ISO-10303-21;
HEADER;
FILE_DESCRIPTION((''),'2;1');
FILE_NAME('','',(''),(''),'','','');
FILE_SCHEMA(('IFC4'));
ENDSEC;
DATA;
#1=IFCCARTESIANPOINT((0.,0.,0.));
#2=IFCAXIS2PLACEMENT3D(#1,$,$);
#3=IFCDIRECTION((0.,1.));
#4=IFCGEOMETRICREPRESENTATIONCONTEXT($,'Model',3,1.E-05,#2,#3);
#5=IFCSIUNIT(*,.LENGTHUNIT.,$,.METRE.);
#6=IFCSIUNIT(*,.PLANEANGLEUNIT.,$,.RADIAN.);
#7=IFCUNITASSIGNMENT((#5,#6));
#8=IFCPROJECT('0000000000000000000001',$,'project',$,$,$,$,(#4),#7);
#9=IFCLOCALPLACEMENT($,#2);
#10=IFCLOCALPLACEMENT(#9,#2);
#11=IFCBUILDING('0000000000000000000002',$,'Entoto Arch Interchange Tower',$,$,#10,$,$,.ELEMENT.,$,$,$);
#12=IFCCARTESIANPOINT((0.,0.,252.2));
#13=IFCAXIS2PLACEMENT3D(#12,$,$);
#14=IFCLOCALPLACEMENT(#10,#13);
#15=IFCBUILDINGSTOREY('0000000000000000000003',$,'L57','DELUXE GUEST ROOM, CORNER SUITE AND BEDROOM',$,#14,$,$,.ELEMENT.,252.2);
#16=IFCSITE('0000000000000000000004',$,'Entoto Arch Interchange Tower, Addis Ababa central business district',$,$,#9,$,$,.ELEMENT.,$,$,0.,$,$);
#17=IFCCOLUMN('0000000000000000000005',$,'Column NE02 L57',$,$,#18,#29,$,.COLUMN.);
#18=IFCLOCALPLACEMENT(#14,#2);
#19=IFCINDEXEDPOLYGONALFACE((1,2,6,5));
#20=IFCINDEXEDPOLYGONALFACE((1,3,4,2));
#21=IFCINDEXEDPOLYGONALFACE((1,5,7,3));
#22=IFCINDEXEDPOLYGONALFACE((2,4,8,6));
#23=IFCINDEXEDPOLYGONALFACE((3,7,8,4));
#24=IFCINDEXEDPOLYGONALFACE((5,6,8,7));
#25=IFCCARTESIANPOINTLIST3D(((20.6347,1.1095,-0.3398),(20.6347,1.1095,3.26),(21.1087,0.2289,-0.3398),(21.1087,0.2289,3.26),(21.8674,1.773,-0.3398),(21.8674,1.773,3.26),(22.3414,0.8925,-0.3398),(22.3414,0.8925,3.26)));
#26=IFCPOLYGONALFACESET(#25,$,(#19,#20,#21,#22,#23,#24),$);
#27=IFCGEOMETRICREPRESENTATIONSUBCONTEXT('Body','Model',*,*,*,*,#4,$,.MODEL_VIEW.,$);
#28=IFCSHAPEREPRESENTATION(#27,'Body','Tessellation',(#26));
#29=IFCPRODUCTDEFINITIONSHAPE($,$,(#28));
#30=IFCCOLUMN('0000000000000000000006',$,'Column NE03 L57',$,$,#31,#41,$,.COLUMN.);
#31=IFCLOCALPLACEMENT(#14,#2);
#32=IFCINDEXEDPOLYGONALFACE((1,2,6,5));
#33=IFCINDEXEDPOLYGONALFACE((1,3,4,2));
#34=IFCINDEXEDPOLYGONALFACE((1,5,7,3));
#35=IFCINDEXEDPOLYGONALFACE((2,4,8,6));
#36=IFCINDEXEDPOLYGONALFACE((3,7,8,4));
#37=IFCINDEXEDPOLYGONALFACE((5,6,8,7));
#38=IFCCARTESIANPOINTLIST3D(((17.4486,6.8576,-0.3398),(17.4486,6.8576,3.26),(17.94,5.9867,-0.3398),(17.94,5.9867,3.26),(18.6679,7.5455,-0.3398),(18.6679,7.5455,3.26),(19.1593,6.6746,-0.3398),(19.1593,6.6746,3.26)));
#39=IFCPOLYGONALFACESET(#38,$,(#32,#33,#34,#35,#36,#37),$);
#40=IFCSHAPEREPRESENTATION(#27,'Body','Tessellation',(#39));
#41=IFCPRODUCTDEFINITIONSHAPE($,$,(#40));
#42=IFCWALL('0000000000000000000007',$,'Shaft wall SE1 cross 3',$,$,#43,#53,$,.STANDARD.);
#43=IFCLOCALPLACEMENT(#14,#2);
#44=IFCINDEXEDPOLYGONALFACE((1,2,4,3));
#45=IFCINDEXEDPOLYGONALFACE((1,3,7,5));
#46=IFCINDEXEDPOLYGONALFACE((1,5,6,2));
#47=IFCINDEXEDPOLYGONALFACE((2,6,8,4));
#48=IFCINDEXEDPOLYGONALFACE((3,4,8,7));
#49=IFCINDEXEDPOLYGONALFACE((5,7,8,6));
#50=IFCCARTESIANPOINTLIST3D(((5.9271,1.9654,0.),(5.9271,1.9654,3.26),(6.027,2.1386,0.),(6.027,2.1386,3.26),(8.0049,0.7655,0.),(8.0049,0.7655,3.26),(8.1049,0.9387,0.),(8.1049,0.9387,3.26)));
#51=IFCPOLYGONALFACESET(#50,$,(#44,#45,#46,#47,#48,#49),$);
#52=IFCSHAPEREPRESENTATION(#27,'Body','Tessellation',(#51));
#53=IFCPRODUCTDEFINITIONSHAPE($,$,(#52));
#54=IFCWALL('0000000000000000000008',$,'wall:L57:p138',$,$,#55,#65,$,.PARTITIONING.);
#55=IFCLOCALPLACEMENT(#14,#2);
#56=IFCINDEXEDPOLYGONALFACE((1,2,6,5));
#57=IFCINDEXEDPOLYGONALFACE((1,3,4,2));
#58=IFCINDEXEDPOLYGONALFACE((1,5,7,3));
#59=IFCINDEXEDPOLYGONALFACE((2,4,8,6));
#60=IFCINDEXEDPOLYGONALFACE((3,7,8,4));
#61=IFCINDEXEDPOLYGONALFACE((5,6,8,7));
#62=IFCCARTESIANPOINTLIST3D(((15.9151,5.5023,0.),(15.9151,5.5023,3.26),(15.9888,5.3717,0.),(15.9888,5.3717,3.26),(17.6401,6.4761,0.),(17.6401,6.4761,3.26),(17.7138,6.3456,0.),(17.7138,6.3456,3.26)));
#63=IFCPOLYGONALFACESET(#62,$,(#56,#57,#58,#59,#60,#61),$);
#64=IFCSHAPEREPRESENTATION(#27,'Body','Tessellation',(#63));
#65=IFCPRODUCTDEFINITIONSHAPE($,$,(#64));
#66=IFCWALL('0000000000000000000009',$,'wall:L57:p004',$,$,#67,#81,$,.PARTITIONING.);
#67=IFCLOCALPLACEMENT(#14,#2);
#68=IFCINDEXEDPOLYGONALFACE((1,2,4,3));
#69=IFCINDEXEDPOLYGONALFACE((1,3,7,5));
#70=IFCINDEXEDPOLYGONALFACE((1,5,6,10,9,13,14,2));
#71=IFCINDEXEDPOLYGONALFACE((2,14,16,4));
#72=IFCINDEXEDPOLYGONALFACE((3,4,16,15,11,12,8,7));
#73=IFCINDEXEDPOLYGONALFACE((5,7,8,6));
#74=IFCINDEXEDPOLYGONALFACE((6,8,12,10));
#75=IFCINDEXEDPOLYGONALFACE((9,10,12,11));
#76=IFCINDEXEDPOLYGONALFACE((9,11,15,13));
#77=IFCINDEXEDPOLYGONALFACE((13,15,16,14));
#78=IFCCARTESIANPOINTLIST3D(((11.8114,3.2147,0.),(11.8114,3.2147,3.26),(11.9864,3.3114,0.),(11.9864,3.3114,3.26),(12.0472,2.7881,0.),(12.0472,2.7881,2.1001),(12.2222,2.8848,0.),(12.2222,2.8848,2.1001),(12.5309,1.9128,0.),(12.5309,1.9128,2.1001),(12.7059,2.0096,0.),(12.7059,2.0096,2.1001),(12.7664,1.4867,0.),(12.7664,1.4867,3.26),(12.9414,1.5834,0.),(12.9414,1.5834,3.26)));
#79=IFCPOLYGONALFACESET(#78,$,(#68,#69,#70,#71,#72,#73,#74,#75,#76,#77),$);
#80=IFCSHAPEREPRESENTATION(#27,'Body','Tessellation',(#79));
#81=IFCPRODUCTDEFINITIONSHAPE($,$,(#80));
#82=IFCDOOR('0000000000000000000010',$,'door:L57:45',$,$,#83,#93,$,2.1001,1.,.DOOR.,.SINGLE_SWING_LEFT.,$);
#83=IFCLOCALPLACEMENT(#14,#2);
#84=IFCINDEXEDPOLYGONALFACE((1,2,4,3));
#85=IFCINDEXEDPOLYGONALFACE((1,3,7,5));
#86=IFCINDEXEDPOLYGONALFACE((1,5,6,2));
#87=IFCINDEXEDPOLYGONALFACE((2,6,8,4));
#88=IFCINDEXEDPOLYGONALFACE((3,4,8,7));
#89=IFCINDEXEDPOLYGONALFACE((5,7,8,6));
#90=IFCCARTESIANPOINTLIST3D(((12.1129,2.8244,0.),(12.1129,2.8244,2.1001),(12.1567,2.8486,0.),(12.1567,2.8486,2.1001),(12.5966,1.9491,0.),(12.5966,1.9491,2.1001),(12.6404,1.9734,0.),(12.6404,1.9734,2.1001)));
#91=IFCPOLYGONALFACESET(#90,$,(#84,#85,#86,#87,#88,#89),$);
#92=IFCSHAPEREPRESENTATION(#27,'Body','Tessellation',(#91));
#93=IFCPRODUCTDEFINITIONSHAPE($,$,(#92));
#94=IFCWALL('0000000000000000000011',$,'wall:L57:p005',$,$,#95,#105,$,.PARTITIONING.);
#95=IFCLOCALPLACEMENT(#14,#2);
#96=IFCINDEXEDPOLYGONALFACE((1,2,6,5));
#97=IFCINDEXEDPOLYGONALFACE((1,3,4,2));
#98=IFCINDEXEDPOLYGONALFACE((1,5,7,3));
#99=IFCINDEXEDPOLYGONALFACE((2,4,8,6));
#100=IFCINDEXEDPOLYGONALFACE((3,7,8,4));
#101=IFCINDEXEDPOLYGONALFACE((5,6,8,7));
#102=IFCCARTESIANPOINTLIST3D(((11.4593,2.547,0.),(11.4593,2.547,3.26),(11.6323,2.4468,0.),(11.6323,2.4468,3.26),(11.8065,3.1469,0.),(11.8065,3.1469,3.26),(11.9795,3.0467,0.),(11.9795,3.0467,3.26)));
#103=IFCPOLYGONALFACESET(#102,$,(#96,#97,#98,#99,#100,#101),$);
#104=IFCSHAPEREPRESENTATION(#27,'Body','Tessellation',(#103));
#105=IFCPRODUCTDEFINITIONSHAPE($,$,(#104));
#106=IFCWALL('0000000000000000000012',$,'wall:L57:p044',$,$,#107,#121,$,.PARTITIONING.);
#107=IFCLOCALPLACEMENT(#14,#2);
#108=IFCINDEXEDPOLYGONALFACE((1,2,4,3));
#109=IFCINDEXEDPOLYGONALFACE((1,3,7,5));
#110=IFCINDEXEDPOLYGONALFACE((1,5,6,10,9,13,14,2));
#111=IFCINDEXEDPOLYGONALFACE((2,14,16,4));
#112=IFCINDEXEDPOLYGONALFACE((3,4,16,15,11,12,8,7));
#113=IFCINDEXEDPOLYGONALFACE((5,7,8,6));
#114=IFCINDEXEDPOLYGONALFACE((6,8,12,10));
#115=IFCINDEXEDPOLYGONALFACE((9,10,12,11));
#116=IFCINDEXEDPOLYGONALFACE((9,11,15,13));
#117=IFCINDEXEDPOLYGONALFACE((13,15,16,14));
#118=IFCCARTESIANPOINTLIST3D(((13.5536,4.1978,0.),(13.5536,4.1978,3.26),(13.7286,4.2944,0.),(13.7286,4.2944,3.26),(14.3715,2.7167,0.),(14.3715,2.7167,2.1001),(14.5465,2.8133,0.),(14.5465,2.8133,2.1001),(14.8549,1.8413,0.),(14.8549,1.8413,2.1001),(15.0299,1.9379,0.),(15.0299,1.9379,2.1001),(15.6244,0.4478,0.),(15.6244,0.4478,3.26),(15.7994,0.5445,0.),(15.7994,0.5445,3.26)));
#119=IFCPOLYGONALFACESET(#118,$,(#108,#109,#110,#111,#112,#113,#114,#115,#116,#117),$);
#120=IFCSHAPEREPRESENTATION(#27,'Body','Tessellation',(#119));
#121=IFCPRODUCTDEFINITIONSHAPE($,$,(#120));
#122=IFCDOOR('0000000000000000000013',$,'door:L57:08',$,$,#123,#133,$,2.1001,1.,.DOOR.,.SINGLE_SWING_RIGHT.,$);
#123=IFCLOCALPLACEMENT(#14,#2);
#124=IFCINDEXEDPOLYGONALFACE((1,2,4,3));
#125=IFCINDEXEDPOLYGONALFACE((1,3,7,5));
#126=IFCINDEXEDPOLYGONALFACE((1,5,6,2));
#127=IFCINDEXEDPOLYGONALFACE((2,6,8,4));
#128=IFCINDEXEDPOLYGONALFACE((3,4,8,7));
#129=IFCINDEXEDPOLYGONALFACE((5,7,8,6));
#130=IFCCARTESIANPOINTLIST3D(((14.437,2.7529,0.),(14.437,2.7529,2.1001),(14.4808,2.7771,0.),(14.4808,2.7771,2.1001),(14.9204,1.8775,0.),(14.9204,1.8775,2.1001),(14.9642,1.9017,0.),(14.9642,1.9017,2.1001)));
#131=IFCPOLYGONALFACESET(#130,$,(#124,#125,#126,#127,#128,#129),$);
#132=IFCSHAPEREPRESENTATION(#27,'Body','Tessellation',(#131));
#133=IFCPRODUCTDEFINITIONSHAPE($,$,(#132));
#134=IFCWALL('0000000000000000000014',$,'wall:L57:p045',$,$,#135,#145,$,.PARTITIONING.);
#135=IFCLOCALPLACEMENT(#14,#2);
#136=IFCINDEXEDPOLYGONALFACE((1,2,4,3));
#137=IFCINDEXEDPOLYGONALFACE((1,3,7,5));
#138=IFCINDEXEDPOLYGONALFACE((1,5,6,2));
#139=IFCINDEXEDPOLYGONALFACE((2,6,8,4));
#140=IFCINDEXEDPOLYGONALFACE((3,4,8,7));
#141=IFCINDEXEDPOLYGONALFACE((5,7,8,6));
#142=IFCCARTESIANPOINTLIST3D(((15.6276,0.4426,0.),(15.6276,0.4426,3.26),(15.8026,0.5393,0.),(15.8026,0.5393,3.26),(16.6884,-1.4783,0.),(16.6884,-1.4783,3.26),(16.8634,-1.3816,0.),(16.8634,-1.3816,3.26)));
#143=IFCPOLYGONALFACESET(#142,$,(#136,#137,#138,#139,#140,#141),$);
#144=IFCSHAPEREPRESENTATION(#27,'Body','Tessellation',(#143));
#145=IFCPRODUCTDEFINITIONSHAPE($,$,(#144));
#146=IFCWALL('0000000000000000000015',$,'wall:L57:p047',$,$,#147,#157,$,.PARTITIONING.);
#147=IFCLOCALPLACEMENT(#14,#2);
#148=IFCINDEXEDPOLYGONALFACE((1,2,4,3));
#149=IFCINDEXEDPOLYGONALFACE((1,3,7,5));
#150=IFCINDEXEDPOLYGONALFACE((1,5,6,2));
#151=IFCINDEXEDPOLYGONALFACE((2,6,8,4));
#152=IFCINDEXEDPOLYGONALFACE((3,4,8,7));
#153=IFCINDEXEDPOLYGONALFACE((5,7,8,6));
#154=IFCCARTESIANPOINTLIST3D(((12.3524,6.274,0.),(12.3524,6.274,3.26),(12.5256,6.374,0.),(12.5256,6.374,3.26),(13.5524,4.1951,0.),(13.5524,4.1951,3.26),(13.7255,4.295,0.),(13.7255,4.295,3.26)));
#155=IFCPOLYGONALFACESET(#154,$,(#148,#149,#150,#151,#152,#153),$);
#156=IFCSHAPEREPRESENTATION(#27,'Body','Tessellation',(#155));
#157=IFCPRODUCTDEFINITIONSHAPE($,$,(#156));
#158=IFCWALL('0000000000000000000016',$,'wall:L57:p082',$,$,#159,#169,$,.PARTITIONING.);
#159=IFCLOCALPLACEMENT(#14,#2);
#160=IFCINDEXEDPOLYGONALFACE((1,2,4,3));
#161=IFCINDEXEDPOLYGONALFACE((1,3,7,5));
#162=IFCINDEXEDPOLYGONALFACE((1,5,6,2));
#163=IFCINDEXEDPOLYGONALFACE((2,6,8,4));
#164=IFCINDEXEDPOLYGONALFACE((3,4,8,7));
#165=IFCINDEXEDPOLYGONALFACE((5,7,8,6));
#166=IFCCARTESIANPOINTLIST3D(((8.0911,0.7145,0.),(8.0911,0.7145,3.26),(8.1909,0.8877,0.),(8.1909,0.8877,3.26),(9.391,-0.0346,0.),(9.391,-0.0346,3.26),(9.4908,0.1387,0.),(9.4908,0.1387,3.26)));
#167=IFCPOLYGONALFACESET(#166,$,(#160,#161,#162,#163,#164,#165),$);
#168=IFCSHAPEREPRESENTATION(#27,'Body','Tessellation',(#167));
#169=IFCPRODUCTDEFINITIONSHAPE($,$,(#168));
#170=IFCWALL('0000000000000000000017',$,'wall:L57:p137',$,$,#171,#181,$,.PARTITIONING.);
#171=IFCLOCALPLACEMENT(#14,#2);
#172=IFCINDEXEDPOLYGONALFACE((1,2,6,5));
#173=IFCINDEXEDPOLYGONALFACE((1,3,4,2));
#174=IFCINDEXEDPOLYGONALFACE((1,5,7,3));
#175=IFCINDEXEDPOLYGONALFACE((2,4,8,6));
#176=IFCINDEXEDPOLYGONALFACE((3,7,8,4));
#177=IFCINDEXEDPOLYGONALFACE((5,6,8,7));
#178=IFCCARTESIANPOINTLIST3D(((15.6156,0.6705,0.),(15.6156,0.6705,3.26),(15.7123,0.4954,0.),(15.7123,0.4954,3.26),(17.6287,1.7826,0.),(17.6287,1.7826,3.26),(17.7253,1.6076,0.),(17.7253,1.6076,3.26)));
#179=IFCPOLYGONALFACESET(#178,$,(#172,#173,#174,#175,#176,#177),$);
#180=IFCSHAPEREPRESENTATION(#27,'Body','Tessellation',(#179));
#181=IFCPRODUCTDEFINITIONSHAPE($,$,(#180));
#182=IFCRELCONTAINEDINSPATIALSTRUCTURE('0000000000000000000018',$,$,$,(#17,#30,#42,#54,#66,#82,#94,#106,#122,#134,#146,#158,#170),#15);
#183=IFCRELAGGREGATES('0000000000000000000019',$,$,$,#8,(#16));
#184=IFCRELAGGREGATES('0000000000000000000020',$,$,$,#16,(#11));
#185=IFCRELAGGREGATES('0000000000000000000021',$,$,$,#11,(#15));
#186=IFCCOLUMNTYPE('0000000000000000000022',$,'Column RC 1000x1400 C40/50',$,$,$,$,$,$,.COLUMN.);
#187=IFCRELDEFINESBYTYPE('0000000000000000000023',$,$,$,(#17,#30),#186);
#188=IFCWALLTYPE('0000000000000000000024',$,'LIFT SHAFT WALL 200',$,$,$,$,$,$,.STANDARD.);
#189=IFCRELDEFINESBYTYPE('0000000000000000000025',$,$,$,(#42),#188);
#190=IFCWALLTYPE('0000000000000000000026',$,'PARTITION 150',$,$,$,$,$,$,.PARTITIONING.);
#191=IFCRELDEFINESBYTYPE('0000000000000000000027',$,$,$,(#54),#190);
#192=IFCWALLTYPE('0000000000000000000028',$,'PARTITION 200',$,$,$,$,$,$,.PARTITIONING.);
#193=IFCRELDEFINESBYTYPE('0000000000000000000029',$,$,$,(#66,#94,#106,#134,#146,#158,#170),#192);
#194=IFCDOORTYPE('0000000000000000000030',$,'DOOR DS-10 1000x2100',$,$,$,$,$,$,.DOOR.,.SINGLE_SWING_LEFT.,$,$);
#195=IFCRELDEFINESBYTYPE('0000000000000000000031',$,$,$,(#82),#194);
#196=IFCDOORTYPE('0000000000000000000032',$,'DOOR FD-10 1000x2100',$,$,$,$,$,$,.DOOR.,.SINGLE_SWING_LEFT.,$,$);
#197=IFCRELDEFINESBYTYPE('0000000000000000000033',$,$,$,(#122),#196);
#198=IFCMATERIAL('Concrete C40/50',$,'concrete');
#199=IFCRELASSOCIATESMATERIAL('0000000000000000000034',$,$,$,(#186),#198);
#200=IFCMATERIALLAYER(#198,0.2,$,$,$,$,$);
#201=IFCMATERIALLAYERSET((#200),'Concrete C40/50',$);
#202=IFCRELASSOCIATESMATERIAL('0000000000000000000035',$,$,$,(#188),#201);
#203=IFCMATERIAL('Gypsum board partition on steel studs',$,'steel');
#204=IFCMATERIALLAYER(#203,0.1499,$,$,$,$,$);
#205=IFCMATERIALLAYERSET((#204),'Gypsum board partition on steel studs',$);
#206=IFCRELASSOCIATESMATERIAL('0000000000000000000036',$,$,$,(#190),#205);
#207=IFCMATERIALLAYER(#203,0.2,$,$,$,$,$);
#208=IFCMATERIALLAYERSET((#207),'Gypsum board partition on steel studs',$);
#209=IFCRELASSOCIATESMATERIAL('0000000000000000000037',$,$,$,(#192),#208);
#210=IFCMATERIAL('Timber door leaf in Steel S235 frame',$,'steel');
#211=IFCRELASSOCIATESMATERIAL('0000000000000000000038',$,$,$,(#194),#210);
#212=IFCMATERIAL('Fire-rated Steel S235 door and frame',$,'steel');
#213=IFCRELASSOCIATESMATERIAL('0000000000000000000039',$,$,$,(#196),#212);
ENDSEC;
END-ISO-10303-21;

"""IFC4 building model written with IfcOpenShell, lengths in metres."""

from ifc_helpers import new_model, si_unit, direction, frame, frame_2d, origin, origin_2d, place, context, subcontext, project, spatial, rectangle, extrude, material, layer, layer_set, material_profile, profile_set, type_object, element, fill, save


model = new_model("IFC4")

# Units and contexts
model_context = context("Model", 3, precision=1e-05, world=origin(), true_north=direction((0.0, 1.0)))
body_context = subcontext(model_context, "Body", "Model", "MODEL_VIEW")
ifc_project = project(units=[si_unit("LENGTHUNIT", "METRE"), si_unit("PLANEANGLEUNIT", "RADIAN")], contexts=[model_context])

# Site, building, storey
site_placement = place(None, origin())
site = spatial("IfcSite", under=ifc_project, at=site_placement, Name="Entoto Arch Interchange Tower, Addis Ababa central business district", CompositionType="ELEMENT", RefElevation=0.0)
building_placement = place(site_placement, origin())
building = spatial("IfcBuilding", under=site, at=building_placement, Name="Entoto Arch Interchange Tower", CompositionType="ELEMENT")
storey_placement = place(building_placement, frame((0.0, 0.0, 252.2)))
storey = spatial("IfcBuildingStorey", under=building, at=storey_placement, Name="L57", Description="DELUXE GUEST ROOM, CORNER SUITE AND BEDROOM", CompositionType="ELEMENT", Elevation=252.2)

# Columns
ifc_material_1 = material(Name="Concrete C40/50", Category="concrete")
ifc_material_profile = material_profile(ifc_material_1, rectangle(XDim=1.0, YDim=1.3999, at=origin_2d()))
ifc_profile_set = profile_set([ifc_material_profile], Name="Concrete C40/50")
column_type = type_object("IfcColumnType", Name="Column RC 1000x1400 C40/50", PredefinedType="COLUMN", material=ifc_profile_set)
for number, where, z_axis, x_axis, name in (
    (1, (21.488, 1.001, -0.3398), (0.0, 0.0, 1.0), (-0.473981, 0.880535, 0.0), "Column NE02 L57"),
    (2, (18.304, 6.7661, -0.3398), (0.0, 0.0, 1.0), (-0.491375, 0.870948, 0.0), "Column NE03 L57"),
):
    element("IfcColumn", number, at=place(storey_placement, frame(where, z_axis=z_axis, x_axis=x_axis)), inside=storey, type_object=column_type, Name=name, PredefinedType="COLUMN", context=body_context, shape_type="SweptSolid", body=[
        extrude(rectangle(XDim=1.0, YDim=1.3999, at=origin_2d()), origin(), (0.0, 0.0, 1.0), 3.5999),
    ])

# Walls
ifc_layer_1 = layer(ifc_material_1, 0.2)
ifc_layer_set_1 = layer_set([ifc_layer_1], Name="Concrete C40/50")
wall_type_1 = type_object("IfcWallType", Name="LIFT SHAFT WALL 200", PredefinedType="STANDARD", material=ifc_layer_set_1)
wall_1_placement = place(storey_placement, frame((5.9771, 2.052, 0.0), z_axis=(0.0, 0.0, 1.0), x_axis=(0.865974, -0.500089, 0.0)))
element("IfcWall", 3, at=wall_1_placement, inside=storey, type_object=wall_type_1, Name="Shaft wall SE1 cross 3", PredefinedType="STANDARD", context=body_context, shape_type="SweptSolid", body=[
    extrude(rectangle(XDim=2.3994, YDim=0.2, at=frame_2d((1.1997, 0.0))), origin(), (0.0, 0.0, 1.0), 3.26),
])
ifc_material_2 = material(Name="Gypsum board partition on steel studs", Category="steel")
ifc_layer_2 = layer(ifc_material_2, 0.1499)
ifc_layer_set_2 = layer_set([ifc_layer_2], Name="Gypsum board partition on steel studs")
wall_type_2 = type_object("IfcWallType", Name="PARTITION 150", PredefinedType="PARTITIONING", material=ifc_layer_set_2)
wall_2_placement = place(storey_placement, frame((15.9519, 5.437, 0.0), z_axis=(0.0, 0.0, 1.0), x_axis=(0.870818, 0.491606, 0.0)))
element("IfcWall", 4, at=wall_2_placement, inside=storey, type_object=wall_type_2, Name="wall:L57:p138", PredefinedType="PARTITIONING", context=body_context, shape_type="SweptSolid", body=[
    extrude(rectangle(XDim=1.981, YDim=0.1499, at=frame_2d((0.9905, 0.0))), origin(), (0.0, 0.0, 1.0), 3.26),
])

# Wall, opening, door
ifc_layer_3 = layer(ifc_material_2, 0.2)
ifc_layer_set_3 = layer_set([ifc_layer_3], Name="Gypsum board partition on steel studs")
wall_type_3 = type_object("IfcWallType", Name="PARTITION 200", PredefinedType="PARTITIONING", material=ifc_layer_set_3)
wall_3_placement = place(storey_placement, frame((12.854, 1.5349, 0.0), z_axis=(0.0, 0.0, 1.0), x_axis=(-0.483731, 0.875217, 0.0)))
wall_3 = element("IfcWall", 5, at=wall_3_placement, inside=storey, type_object=wall_type_3, Name="wall:L57:p004", PredefinedType="PARTITIONING", context=body_context, shape_type="SweptSolid", body=[
    extrude(rectangle(XDim=1.9744, YDim=0.2, at=frame_2d((0.9873, 0.0))), origin(), (0.0, 0.0, 1.0), 3.26),
])
opening_1_placement = place(wall_3_placement, frame((0.4871, 0.0, 0.0)))
opening_1 = element("IfcOpeningElement", 6, at=opening_1_placement, cuts=wall_3, PredefinedType="OPENING", context=body_context, shape_type="SweptSolid", body=[
    extrude(rectangle(XDim=1.0, YDim=2.1001, at=frame_2d((0.5, 1.05))), frame((0.0, 0.1099, 0.0), z_axis=(0.0, -1.0, 0.0), x_axis=(1.0, 0.0, 0.0)), (0.0, 0.0, 1.0), 0.22),
])
ifc_material_3 = material(Name="Timber door leaf in Steel S235 frame", Category="steel")
door_type_1 = type_object("IfcDoorType", Name="DOOR DS-10 1000x2100", OperationType="SINGLE_SWING_LEFT", PredefinedType="DOOR", material=ifc_material_3)
door_1_placement = place(opening_1_placement, origin())
door_1 = element("IfcDoor", 7, at=door_1_placement, inside=storey, type_object=door_type_1, Name="door:L57:45", OperationType="SINGLE_SWING_LEFT", OverallHeight=2.1001, OverallWidth=1.0, PredefinedType="DOOR", context=body_context, shape_type="SweptSolid", body=[
    extrude(rectangle(XDim=1.0, YDim=2.1001, at=frame_2d((0.5, 1.05))), frame((0.0, 0.0249, 0.0), z_axis=(0.0, -1.0, 0.0), x_axis=(1.0, 0.0, 0.0)), (0.0, 0.0, 1.0), 0.05),
])
fill(opening_1, door_1)

# Wall
wall_4_placement = place(storey_placement, frame((11.8931, 3.0969, 0.0), z_axis=(0.0, 0.0, 1.0), x_axis=(-0.500911, -0.865499, 0.0)))
element("IfcWall", 8, at=wall_4_placement, inside=storey, type_object=wall_type_3, Name="wall:L57:p005", PredefinedType="PARTITIONING", context=body_context, shape_type="SweptSolid", body=[
    extrude(rectangle(XDim=0.6931, YDim=0.2, at=frame_2d((0.3467, 0.0))), origin(), (0.0, 0.0, 1.0), 3.26),
])

# Wall, opening, door
wall_5_placement = place(storey_placement, frame((13.6411, 4.2461, 0.0), z_axis=(0.0, 0.0, 1.0), x_axis=(0.483406, -0.875396, 0.0)))
wall_5 = element("IfcWall", 9, at=wall_5_placement, inside=storey, type_object=wall_type_3, Name="wall:L57:p044", PredefinedType="PARTITIONING", context=body_context, shape_type="SweptSolid", body=[
    extrude(rectangle(XDim=4.2837, YDim=0.2, at=frame_2d((2.1418, 0.0))), origin(), (0.0, 0.0, 1.0), 3.26),
])
opening_2_placement = place(wall_5_placement, frame((1.6919, 0.0, 0.0)))
opening_2 = element("IfcOpeningElement", 10, at=opening_2_placement, cuts=wall_5, PredefinedType="OPENING", context=body_context, shape_type="SweptSolid", body=[
    extrude(rectangle(XDim=1.0, YDim=2.1001, at=frame_2d((0.5, 1.05))), frame((0.0, 0.1099, 0.0), z_axis=(0.0, -1.0, 0.0), x_axis=(1.0, 0.0, 0.0)), (0.0, 0.0, 1.0), 0.22),
])
ifc_material_4 = material(Name="Fire-rated Steel S235 door and frame", Category="steel")
door_type_2 = type_object("IfcDoorType", Name="DOOR FD-10 1000x2100", OperationType="SINGLE_SWING_LEFT", PredefinedType="DOOR", material=ifc_material_4)
door_2_placement = place(opening_2_placement, origin())
door_2 = element("IfcDoor", 11, at=door_2_placement, inside=storey, type_object=door_type_2, Name="door:L57:08", OperationType="SINGLE_SWING_RIGHT", OverallHeight=2.1001, OverallWidth=1.0, PredefinedType="DOOR", context=body_context, shape_type="SweptSolid", body=[
    extrude(rectangle(XDim=1.0, YDim=2.1001, at=frame_2d((0.5, 1.05))), frame((0.0, 0.0249, 0.0), z_axis=(0.0, -1.0, 0.0), x_axis=(1.0, 0.0, 0.0)), (0.0, 0.0, 1.0), 0.05),
])
fill(opening_2, door_2)

# Walls
wall_6_placement = place(storey_placement, frame((15.7151, 0.491, 0.0), z_axis=(0.0, 0.0, 1.0), x_axis=(0.483421, -0.875388, 0.0)))
element("IfcWall", 12, at=wall_6_placement, inside=storey, type_object=wall_type_3, Name="wall:L57:p045", PredefinedType="PARTITIONING", context=body_context, shape_type="SweptSolid", body=[
    extrude(rectangle(XDim=2.1943, YDim=0.2, at=frame_2d((1.0972, 0.0))), origin(), (0.0, 0.0, 1.0), 3.26),
])
wall_7_placement = place(storey_placement, frame((12.439, 6.324, 0.0), z_axis=(0.0, 0.0, 1.0), x_axis=(0.499913, -0.866075, 0.0)))
element("IfcWall", 13, at=wall_7_placement, inside=storey, type_object=wall_type_3, Name="wall:L57:p047", PredefinedType="PARTITIONING", context=body_context, shape_type="SweptSolid", body=[
    extrude(rectangle(XDim=2.4004, YDim=0.2, at=frame_2d((1.2002, 0.0))), origin(), (0.0, 0.0, 1.0), 3.26),
])
wall_8_placement = place(storey_placement, frame((8.1411, 0.801, 0.0), z_axis=(0.0, 0.0, 1.0), x_axis=(0.866435, -0.49929, 0.0)))
element("IfcWall", 14, at=wall_8_placement, inside=storey, type_object=wall_type_3, Name="wall:L57:p082", PredefinedType="PARTITIONING", context=body_context, shape_type="SweptSolid", body=[
    extrude(rectangle(XDim=1.5002, YDim=0.2, at=frame_2d((0.75, 0.0))), origin(), (0.0, 0.0, 1.0), 3.26),
])
wall_9_placement = place(storey_placement, frame((17.677, 1.6951, 0.0), z_axis=(0.0, 0.0, 1.0), x_axis=(-0.875307, -0.483568, 0.0)))
element("IfcWall", 15, at=wall_9_placement, inside=storey, type_object=wall_type_3, Name="wall:L57:p137", PredefinedType="PARTITIONING", context=body_context, shape_type="SweptSolid", body=[
    extrude(rectangle(XDim=2.2998, YDim=0.2, at=frame_2d((1.1499, 0.0))), origin(), (0.0, 0.0, 1.0), 3.26),
])

save(model, "model.ifc")
